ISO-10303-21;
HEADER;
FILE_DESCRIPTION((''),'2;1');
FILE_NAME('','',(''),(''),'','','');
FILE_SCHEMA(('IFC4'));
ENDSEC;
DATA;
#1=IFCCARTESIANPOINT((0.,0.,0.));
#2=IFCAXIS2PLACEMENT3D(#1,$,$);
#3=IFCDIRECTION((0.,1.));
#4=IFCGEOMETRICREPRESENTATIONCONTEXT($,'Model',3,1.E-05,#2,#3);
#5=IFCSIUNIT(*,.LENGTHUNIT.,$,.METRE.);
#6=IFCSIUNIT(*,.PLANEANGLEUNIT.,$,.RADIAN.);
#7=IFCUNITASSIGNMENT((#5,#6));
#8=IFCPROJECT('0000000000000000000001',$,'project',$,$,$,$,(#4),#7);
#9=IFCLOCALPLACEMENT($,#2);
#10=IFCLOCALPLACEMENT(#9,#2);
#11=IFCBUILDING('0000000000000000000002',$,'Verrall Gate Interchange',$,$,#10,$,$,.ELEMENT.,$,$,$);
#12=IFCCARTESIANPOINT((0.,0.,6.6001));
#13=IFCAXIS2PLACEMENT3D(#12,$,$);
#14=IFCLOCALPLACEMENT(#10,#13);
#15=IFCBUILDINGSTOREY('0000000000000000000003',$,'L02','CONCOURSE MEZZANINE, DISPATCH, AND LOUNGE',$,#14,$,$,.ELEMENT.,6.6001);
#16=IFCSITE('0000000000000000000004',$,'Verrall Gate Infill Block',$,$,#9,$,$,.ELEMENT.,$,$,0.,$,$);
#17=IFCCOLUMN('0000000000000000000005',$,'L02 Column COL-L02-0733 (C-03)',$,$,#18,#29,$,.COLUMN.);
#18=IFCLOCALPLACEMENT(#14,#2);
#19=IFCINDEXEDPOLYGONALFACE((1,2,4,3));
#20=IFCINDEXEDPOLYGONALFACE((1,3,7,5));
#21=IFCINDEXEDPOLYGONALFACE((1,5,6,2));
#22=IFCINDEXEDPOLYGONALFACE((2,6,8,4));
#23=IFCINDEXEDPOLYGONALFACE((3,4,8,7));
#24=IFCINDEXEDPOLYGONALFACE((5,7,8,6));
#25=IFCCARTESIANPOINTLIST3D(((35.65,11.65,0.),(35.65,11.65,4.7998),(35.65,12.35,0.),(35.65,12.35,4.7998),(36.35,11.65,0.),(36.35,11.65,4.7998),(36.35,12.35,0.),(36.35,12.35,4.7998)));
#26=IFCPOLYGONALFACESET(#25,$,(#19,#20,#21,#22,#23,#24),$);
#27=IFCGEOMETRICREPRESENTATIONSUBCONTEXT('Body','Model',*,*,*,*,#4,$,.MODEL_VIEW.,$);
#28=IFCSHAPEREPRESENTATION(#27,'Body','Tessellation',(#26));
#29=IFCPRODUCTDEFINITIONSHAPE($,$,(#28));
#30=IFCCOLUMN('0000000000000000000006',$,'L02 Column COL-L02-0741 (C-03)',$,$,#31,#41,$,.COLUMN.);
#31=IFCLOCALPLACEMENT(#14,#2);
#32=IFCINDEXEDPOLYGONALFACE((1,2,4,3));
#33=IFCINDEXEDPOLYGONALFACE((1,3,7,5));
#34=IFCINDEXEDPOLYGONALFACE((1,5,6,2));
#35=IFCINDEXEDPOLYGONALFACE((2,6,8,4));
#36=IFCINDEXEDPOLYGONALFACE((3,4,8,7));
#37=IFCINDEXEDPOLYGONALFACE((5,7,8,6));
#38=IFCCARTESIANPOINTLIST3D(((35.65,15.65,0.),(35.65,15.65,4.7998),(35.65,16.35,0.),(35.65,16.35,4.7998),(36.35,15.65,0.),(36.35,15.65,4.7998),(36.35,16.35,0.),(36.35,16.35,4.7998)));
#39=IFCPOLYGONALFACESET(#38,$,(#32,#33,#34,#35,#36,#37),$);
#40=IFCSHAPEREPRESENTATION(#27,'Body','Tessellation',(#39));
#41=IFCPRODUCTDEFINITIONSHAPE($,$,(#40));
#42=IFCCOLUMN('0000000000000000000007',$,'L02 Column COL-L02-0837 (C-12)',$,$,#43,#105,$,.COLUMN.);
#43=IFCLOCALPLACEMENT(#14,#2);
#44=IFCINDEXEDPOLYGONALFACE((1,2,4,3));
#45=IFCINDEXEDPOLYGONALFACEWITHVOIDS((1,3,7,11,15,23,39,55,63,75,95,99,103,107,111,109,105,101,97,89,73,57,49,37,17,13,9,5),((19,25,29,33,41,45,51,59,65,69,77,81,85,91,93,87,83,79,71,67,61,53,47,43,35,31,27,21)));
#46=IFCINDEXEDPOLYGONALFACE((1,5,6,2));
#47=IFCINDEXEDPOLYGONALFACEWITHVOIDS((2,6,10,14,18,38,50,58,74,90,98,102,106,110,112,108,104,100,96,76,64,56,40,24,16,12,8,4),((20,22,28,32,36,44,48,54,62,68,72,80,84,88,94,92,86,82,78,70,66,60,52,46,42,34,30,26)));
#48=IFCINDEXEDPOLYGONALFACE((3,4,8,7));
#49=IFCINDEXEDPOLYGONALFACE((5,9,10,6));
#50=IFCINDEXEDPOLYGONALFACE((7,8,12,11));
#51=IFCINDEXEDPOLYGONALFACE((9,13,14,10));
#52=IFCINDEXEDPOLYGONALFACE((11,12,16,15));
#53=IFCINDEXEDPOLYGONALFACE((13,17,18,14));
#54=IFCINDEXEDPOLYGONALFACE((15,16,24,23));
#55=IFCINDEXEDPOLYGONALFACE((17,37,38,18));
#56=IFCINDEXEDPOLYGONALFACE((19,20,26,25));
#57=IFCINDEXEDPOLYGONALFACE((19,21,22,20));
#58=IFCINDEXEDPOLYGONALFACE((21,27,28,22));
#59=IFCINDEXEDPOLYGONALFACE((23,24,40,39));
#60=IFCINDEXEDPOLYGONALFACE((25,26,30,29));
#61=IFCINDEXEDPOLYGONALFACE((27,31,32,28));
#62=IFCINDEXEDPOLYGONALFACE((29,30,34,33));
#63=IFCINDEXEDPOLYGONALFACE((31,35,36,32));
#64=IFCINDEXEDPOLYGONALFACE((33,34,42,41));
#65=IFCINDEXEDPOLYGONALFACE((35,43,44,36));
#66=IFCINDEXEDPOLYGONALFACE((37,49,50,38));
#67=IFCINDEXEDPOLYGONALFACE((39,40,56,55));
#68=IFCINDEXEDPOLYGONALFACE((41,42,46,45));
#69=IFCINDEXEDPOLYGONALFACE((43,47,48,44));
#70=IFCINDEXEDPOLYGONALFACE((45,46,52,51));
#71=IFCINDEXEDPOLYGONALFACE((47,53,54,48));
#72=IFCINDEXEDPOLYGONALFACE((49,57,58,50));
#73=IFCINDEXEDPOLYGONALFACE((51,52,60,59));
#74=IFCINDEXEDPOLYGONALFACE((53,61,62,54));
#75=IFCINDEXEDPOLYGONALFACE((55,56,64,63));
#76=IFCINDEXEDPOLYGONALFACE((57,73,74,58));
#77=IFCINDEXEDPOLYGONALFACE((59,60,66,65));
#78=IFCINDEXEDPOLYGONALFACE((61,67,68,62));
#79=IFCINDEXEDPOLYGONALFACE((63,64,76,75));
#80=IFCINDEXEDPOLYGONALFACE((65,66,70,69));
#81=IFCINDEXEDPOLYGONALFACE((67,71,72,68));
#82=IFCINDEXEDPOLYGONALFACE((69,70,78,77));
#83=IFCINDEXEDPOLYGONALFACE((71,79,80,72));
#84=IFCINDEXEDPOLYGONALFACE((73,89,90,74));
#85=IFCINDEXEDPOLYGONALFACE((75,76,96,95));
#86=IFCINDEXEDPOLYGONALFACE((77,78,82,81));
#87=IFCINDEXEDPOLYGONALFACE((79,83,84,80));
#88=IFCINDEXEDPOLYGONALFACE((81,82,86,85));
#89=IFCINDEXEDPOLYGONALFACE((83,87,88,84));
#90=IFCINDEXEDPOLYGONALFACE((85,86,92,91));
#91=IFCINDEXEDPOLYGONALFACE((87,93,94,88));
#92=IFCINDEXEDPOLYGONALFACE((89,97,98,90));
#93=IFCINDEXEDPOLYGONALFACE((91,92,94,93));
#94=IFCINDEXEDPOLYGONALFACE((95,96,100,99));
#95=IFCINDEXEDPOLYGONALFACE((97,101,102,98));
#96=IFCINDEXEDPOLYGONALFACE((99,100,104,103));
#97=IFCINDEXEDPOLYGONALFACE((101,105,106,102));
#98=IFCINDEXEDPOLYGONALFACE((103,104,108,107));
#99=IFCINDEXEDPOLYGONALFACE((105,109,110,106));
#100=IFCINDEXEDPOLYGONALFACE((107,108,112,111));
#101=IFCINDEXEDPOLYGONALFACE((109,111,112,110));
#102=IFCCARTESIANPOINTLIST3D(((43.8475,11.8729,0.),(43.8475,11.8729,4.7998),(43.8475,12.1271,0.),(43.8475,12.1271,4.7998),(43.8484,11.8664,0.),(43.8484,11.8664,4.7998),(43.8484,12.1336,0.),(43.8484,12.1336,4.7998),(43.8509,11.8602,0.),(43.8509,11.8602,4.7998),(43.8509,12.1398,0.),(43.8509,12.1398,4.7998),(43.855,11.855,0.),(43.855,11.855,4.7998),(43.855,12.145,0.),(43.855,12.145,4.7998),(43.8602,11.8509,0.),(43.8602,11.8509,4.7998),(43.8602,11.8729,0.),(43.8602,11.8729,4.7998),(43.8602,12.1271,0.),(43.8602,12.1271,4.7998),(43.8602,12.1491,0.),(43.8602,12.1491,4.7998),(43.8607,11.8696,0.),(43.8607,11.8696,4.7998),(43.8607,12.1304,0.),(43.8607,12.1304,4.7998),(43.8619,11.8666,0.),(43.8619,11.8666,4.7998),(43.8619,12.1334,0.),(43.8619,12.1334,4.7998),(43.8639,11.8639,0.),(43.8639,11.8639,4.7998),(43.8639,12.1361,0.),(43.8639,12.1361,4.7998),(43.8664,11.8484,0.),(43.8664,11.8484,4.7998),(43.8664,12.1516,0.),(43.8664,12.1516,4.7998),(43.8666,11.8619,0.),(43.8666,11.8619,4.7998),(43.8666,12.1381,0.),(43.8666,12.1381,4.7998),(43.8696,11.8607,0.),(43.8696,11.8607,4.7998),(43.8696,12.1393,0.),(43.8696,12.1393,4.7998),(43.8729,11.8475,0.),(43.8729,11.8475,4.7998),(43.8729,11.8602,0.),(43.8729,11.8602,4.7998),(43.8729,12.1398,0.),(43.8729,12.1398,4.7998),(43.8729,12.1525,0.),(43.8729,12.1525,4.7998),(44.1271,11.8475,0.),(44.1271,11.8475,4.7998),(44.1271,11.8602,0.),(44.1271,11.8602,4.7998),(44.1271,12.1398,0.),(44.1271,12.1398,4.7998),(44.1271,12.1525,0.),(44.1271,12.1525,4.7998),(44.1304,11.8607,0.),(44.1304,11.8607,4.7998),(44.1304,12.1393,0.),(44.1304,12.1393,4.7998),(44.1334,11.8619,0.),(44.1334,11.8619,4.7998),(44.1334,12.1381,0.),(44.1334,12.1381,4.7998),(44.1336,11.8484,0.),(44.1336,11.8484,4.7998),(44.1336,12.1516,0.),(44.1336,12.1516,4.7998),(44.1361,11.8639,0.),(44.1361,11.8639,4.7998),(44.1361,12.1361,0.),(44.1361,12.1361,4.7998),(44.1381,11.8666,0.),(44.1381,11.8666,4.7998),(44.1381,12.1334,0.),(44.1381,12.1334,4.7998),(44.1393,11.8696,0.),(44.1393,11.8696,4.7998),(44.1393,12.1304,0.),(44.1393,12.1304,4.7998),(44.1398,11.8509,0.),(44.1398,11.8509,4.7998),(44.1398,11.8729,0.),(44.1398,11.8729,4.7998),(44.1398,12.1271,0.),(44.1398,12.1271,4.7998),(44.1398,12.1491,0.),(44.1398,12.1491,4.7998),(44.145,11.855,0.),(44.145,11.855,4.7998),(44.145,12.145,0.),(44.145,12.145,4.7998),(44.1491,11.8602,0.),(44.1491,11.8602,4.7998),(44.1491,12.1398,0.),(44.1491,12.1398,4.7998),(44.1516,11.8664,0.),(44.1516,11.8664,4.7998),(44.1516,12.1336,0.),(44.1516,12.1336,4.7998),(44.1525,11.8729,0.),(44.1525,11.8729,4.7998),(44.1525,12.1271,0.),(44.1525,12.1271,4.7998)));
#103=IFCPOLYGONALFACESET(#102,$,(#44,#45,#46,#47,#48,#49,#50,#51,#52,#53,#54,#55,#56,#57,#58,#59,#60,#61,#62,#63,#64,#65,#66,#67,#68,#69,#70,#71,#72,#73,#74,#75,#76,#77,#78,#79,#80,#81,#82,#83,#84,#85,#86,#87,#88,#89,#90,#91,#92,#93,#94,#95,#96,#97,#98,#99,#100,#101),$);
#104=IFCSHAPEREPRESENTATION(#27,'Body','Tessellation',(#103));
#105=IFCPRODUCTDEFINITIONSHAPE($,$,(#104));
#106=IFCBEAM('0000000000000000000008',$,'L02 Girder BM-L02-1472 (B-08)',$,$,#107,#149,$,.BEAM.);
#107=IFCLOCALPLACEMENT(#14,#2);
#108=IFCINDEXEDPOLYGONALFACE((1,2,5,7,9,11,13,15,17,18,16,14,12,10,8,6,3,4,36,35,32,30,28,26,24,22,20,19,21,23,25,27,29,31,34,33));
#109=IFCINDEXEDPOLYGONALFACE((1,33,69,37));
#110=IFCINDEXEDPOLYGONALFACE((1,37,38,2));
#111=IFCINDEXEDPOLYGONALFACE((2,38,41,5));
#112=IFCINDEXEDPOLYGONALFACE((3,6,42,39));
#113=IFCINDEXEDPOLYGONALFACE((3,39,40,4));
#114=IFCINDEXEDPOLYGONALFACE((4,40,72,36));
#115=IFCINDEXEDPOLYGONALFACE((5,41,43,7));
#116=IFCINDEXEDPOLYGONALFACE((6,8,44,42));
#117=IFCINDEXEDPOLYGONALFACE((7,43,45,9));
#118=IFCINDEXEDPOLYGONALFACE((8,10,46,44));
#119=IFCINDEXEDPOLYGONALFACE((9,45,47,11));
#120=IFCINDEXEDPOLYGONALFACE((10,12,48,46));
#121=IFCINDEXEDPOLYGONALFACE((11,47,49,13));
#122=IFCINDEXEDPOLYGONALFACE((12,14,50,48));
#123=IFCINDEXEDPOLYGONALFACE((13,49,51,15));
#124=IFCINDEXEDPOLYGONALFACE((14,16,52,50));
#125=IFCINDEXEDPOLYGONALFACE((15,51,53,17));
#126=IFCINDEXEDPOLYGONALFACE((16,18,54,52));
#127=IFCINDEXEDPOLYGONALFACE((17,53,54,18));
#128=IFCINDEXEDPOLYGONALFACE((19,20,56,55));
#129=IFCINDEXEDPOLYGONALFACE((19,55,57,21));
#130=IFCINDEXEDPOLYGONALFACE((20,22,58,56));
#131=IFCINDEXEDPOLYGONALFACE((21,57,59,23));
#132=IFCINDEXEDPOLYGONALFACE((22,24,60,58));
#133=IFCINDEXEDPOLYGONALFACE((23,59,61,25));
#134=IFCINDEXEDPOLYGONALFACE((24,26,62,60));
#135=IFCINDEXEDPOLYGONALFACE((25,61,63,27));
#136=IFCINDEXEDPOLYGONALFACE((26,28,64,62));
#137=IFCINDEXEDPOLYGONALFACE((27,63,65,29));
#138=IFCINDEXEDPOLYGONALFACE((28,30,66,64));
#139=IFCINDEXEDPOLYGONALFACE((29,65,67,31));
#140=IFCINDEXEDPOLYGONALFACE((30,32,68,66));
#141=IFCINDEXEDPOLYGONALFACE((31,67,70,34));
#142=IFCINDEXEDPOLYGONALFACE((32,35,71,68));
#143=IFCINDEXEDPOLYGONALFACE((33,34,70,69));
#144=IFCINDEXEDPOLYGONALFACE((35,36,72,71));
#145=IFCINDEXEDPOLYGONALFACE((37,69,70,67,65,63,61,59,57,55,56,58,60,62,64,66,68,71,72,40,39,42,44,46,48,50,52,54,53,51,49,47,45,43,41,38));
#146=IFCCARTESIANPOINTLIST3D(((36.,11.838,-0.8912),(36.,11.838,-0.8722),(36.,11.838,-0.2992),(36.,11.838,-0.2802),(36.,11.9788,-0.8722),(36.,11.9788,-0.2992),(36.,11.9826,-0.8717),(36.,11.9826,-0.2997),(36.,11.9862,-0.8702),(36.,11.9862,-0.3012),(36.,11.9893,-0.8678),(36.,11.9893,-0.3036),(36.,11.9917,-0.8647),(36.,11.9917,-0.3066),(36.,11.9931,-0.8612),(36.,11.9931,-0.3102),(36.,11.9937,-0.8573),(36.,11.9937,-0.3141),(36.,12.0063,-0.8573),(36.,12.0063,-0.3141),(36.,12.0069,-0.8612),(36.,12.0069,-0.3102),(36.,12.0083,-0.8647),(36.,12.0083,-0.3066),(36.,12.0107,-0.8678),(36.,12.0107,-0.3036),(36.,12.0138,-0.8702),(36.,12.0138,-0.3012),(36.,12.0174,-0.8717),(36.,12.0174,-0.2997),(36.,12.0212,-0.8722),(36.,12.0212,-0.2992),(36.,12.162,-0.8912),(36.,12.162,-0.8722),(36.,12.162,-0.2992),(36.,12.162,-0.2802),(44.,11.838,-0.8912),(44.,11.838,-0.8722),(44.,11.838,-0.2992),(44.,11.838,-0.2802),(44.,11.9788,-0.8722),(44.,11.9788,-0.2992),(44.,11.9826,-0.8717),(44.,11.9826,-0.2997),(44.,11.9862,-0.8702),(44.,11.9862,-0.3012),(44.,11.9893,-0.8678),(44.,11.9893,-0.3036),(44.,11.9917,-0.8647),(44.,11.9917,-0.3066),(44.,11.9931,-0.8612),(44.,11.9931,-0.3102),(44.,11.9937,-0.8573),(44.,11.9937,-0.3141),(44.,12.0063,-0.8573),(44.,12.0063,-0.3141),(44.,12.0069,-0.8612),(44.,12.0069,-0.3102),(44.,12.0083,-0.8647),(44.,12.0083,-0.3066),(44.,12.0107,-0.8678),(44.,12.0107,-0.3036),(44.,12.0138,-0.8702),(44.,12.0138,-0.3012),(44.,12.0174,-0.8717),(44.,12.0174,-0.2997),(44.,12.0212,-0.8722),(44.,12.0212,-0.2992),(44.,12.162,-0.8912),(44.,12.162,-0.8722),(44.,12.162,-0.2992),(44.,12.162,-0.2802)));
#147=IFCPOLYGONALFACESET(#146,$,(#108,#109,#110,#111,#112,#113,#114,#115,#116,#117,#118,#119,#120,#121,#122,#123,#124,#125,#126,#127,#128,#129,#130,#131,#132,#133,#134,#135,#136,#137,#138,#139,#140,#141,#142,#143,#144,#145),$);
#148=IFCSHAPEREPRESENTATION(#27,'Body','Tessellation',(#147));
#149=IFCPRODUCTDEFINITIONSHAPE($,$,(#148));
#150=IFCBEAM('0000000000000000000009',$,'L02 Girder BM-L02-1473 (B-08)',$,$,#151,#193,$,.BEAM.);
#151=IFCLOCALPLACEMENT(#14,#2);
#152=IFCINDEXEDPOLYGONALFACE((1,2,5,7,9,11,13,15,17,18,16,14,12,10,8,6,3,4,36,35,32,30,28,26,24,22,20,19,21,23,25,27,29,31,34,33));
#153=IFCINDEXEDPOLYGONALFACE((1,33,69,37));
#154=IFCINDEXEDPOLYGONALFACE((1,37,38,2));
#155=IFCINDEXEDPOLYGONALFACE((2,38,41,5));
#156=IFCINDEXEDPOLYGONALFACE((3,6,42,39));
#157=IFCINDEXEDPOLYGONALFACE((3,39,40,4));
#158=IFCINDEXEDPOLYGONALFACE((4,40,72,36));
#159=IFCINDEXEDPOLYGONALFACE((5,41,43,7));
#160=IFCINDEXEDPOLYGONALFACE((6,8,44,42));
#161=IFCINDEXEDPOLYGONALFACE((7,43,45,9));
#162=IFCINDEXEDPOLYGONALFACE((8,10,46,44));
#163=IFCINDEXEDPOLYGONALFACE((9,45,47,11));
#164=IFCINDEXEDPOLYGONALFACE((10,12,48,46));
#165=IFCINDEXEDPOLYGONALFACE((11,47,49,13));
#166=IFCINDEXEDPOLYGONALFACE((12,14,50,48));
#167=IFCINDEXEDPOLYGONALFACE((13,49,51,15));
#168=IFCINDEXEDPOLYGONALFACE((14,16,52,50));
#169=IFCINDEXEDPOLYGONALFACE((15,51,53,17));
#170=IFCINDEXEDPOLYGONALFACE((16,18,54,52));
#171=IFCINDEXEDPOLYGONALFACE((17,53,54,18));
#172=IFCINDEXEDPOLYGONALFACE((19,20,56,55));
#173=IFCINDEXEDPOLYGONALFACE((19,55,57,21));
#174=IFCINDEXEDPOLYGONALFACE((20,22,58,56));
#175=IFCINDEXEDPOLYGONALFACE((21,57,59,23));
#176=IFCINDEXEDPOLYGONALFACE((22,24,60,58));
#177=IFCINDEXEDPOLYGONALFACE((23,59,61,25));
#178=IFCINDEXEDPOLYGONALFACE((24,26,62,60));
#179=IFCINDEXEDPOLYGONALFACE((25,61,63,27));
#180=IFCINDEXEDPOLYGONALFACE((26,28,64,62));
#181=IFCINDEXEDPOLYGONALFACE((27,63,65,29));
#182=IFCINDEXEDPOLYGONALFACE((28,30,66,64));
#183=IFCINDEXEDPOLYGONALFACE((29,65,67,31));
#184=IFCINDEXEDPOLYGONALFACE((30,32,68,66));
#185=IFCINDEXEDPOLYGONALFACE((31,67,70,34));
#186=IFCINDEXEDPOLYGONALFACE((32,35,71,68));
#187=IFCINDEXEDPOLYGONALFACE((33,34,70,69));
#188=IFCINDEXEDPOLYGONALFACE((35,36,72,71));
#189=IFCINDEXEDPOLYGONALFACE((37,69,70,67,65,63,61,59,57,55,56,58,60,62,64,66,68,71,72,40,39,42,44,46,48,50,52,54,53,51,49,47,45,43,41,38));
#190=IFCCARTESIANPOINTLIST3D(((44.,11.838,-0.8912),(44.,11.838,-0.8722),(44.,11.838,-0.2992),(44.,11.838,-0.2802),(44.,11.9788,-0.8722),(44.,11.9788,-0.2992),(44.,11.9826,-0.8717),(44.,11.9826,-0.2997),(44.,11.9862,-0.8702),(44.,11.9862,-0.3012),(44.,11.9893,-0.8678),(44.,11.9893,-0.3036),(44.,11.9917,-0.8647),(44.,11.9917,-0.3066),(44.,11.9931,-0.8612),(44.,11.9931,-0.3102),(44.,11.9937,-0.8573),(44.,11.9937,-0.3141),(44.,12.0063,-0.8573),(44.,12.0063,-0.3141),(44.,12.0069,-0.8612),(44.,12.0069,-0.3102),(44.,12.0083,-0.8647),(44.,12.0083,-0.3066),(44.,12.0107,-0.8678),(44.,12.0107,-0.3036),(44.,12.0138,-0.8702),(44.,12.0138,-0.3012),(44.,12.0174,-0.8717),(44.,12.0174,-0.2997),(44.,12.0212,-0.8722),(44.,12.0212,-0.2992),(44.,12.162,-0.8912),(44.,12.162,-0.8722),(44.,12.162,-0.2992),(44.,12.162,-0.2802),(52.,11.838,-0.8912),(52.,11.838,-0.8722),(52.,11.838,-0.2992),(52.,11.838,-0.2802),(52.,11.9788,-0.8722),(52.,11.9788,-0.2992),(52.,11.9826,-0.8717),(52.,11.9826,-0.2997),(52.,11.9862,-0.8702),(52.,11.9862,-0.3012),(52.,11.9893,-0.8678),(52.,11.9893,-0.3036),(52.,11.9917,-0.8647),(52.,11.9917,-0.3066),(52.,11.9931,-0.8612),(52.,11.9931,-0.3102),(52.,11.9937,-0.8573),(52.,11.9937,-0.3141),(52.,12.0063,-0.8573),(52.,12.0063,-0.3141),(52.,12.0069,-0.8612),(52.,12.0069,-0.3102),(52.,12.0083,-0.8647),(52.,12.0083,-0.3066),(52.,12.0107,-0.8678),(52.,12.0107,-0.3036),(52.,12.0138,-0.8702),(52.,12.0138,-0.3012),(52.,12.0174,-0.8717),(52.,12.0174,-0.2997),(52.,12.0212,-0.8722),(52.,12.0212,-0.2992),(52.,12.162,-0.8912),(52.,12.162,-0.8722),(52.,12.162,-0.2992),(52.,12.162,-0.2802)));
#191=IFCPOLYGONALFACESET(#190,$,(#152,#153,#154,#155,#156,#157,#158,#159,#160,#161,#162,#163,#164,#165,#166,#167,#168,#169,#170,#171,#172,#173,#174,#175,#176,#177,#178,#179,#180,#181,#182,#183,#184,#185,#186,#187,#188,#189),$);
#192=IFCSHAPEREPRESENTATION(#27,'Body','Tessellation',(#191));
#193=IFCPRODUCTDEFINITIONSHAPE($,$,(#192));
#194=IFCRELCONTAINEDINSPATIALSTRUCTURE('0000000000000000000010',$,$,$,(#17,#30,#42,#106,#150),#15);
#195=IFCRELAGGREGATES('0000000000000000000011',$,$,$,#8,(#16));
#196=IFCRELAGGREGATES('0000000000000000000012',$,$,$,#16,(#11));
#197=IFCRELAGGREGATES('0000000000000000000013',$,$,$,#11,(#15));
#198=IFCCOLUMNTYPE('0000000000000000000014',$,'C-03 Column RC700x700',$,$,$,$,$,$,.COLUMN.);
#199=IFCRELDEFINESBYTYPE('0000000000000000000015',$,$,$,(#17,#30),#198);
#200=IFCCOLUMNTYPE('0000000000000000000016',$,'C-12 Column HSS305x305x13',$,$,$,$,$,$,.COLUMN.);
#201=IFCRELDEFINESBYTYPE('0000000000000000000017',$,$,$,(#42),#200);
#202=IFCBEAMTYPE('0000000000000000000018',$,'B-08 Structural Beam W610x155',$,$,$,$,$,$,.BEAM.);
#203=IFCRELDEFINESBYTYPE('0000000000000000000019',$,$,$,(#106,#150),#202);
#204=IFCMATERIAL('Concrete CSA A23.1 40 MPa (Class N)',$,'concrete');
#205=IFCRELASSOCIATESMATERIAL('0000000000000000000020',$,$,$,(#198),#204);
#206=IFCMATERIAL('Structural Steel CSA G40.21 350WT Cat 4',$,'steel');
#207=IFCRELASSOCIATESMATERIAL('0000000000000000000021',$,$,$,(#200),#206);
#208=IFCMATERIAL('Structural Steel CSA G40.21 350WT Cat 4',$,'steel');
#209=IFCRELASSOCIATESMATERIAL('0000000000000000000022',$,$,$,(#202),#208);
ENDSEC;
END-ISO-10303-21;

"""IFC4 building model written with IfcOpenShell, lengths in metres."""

from ifc_helpers import new_model, si_unit, direction, frame, origin, origin_2d, place, context, subcontext, project, spatial, rectangle, hollow_rectangle, i_section, extrude, material, material_profile, profile_set, type_object, element, save


model = new_model("IFC4")

# Units and contexts
model_context = context("Model", 3, precision=1e-05, world=origin(), true_north=direction((0.0, 1.0)))
body_context = subcontext(model_context, "Body", "Model", "MODEL_VIEW")
ifc_project = project(units=[si_unit("LENGTHUNIT", "METRE"), si_unit("PLANEANGLEUNIT", "RADIAN")], contexts=[model_context])

# Site, building, storey
site_placement = place(None, origin())
site = spatial("IfcSite", under=ifc_project, at=site_placement, Name="Verrall Gate Infill Block", CompositionType="ELEMENT", RefElevation=0.0)
building_placement = place(site_placement, origin())
building = spatial("IfcBuilding", under=site, at=building_placement, Name="Verrall Gate Interchange", CompositionType="ELEMENT")
storey_placement = place(building_placement, frame((0.0, 0.0, 6.6001)))
storey = spatial("IfcBuildingStorey", under=building, at=storey_placement, Name="L02", Description="CONCOURSE MEZZANINE, DISPATCH, AND LOUNGE", CompositionType="ELEMENT", Elevation=6.6001)

# Columns
ifc_material_1 = material(Name="Concrete CSA A23.1 40 MPa (Class N)", Category="concrete")
ifc_material_profile_1 = material_profile(ifc_material_1, rectangle(XDim=0.7, YDim=0.7, at=origin_2d()), Name="RC700x700")
ifc_profile_set_1 = profile_set([ifc_material_profile_1], Name="Concrete CSA A23.1 40 MPa (Class N)")
column_type_1 = type_object("IfcColumnType", Name="C-03 Column RC700x700", PredefinedType="COLUMN", material=ifc_profile_set_1)
for number, where, z_axis, x_axis, name in (
    (1, (36.0, 12.0, 0.0), (0.0, 0.0, 1.0), (1.0, 0.0, 0.0), "L02 Column COL-L02-0733 (C-03)"),
    (2, (36.0, 16.0, 0.0), (0.0, 0.0, 1.0), (1.0, 0.0, 0.0), "L02 Column COL-L02-0741 (C-03)"),
):
    element("IfcColumn", number, at=place(storey_placement, frame(where, z_axis=z_axis, x_axis=x_axis)), inside=storey, type_object=column_type_1, Name=name, PredefinedType="COLUMN", context=body_context, shape_type="SweptSolid", body=[
        extrude(rectangle(XDim=0.7, YDim=0.7, at=origin_2d()), origin(), (0.0, 0.0, 1.0), 4.7998),
    ])
ifc_material_2 = material(Name="Structural Steel CSA G40.21 350WT Cat 4", Category="steel")
ifc_material_profile_2 = material_profile(ifc_material_2, hollow_rectangle(XDim=0.3049, YDim=0.3049, WallThickness=0.0127, InnerFilletRadius=0.0127, OuterFilletRadius=0.0254, at=origin_2d()), Name="HSS305x305x13")
ifc_profile_set_2 = profile_set([ifc_material_profile_2], Name="Structural Steel CSA G40.21 350WT Cat 4")
column_type_2 = type_object("IfcColumnType", Name="C-12 Column HSS305x305x13", PredefinedType="COLUMN", material=ifc_profile_set_2)
column_placement = place(storey_placement, frame((44.0, 12.0, 0.0), z_axis=(0.0, 0.0, 1.0), x_axis=(1.0, 0.0, 0.0)))
element("IfcColumn", 3, at=column_placement, inside=storey, type_object=column_type_2, Name="L02 Column COL-L02-0837 (C-12)", PredefinedType="COLUMN", context=body_context, shape_type="SweptSolid", body=[
    extrude(hollow_rectangle(XDim=0.3049, YDim=0.3049, WallThickness=0.0127, InnerFilletRadius=0.0127, OuterFilletRadius=0.0254, at=origin_2d()), origin(), (0.0, 0.0, 1.0), 4.7998),
])

# Beams
ifc_material_3 = material(Name="Structural Steel CSA G40.21 350WT Cat 4", Category="steel")
ifc_material_profile_3 = material_profile(ifc_material_3, i_section(OverallWidth=0.324, OverallDepth=0.6111, WebThickness=0.0127, FlangeThickness=0.019, FilletRadius=0.0149, at=origin_2d()), Name="W610x155")
ifc_profile_set_3 = profile_set([ifc_material_profile_3], Name="Structural Steel CSA G40.21 350WT Cat 4")
beam_type_1 = type_object("IfcBeamType", Name="B-08 Structural Beam W610x155", PredefinedType="BEAM", material=ifc_profile_set_3)
for number, where, z_axis, x_axis, name in (
    (4, (36.0, 12.0, -0.5857), (1.0, 0.0, 0.0), (0.0, 1.0, 0.0), "L02 Girder BM-L02-1472 (B-08)"),
    (5, (44.0, 12.0, -0.5857), (1.0, 0.0, 0.0), (0.0, 1.0, 0.0), "L02 Girder BM-L02-1473 (B-08)"),
):
    element("IfcBeam", number, at=place(storey_placement, frame(where, z_axis=z_axis, x_axis=x_axis)), inside=storey, type_object=beam_type_1, Name=name, PredefinedType="BEAM", context=body_context, shape_type="SweptSolid", body=[
        extrude(i_section(OverallWidth=0.324, OverallDepth=0.6111, WebThickness=0.0127, FlangeThickness=0.019, FilletRadius=0.0149, at=origin_2d()), origin(), (0.0, 0.0, 1.0), 8.0),
    ])

save(model, "model.ifc")
